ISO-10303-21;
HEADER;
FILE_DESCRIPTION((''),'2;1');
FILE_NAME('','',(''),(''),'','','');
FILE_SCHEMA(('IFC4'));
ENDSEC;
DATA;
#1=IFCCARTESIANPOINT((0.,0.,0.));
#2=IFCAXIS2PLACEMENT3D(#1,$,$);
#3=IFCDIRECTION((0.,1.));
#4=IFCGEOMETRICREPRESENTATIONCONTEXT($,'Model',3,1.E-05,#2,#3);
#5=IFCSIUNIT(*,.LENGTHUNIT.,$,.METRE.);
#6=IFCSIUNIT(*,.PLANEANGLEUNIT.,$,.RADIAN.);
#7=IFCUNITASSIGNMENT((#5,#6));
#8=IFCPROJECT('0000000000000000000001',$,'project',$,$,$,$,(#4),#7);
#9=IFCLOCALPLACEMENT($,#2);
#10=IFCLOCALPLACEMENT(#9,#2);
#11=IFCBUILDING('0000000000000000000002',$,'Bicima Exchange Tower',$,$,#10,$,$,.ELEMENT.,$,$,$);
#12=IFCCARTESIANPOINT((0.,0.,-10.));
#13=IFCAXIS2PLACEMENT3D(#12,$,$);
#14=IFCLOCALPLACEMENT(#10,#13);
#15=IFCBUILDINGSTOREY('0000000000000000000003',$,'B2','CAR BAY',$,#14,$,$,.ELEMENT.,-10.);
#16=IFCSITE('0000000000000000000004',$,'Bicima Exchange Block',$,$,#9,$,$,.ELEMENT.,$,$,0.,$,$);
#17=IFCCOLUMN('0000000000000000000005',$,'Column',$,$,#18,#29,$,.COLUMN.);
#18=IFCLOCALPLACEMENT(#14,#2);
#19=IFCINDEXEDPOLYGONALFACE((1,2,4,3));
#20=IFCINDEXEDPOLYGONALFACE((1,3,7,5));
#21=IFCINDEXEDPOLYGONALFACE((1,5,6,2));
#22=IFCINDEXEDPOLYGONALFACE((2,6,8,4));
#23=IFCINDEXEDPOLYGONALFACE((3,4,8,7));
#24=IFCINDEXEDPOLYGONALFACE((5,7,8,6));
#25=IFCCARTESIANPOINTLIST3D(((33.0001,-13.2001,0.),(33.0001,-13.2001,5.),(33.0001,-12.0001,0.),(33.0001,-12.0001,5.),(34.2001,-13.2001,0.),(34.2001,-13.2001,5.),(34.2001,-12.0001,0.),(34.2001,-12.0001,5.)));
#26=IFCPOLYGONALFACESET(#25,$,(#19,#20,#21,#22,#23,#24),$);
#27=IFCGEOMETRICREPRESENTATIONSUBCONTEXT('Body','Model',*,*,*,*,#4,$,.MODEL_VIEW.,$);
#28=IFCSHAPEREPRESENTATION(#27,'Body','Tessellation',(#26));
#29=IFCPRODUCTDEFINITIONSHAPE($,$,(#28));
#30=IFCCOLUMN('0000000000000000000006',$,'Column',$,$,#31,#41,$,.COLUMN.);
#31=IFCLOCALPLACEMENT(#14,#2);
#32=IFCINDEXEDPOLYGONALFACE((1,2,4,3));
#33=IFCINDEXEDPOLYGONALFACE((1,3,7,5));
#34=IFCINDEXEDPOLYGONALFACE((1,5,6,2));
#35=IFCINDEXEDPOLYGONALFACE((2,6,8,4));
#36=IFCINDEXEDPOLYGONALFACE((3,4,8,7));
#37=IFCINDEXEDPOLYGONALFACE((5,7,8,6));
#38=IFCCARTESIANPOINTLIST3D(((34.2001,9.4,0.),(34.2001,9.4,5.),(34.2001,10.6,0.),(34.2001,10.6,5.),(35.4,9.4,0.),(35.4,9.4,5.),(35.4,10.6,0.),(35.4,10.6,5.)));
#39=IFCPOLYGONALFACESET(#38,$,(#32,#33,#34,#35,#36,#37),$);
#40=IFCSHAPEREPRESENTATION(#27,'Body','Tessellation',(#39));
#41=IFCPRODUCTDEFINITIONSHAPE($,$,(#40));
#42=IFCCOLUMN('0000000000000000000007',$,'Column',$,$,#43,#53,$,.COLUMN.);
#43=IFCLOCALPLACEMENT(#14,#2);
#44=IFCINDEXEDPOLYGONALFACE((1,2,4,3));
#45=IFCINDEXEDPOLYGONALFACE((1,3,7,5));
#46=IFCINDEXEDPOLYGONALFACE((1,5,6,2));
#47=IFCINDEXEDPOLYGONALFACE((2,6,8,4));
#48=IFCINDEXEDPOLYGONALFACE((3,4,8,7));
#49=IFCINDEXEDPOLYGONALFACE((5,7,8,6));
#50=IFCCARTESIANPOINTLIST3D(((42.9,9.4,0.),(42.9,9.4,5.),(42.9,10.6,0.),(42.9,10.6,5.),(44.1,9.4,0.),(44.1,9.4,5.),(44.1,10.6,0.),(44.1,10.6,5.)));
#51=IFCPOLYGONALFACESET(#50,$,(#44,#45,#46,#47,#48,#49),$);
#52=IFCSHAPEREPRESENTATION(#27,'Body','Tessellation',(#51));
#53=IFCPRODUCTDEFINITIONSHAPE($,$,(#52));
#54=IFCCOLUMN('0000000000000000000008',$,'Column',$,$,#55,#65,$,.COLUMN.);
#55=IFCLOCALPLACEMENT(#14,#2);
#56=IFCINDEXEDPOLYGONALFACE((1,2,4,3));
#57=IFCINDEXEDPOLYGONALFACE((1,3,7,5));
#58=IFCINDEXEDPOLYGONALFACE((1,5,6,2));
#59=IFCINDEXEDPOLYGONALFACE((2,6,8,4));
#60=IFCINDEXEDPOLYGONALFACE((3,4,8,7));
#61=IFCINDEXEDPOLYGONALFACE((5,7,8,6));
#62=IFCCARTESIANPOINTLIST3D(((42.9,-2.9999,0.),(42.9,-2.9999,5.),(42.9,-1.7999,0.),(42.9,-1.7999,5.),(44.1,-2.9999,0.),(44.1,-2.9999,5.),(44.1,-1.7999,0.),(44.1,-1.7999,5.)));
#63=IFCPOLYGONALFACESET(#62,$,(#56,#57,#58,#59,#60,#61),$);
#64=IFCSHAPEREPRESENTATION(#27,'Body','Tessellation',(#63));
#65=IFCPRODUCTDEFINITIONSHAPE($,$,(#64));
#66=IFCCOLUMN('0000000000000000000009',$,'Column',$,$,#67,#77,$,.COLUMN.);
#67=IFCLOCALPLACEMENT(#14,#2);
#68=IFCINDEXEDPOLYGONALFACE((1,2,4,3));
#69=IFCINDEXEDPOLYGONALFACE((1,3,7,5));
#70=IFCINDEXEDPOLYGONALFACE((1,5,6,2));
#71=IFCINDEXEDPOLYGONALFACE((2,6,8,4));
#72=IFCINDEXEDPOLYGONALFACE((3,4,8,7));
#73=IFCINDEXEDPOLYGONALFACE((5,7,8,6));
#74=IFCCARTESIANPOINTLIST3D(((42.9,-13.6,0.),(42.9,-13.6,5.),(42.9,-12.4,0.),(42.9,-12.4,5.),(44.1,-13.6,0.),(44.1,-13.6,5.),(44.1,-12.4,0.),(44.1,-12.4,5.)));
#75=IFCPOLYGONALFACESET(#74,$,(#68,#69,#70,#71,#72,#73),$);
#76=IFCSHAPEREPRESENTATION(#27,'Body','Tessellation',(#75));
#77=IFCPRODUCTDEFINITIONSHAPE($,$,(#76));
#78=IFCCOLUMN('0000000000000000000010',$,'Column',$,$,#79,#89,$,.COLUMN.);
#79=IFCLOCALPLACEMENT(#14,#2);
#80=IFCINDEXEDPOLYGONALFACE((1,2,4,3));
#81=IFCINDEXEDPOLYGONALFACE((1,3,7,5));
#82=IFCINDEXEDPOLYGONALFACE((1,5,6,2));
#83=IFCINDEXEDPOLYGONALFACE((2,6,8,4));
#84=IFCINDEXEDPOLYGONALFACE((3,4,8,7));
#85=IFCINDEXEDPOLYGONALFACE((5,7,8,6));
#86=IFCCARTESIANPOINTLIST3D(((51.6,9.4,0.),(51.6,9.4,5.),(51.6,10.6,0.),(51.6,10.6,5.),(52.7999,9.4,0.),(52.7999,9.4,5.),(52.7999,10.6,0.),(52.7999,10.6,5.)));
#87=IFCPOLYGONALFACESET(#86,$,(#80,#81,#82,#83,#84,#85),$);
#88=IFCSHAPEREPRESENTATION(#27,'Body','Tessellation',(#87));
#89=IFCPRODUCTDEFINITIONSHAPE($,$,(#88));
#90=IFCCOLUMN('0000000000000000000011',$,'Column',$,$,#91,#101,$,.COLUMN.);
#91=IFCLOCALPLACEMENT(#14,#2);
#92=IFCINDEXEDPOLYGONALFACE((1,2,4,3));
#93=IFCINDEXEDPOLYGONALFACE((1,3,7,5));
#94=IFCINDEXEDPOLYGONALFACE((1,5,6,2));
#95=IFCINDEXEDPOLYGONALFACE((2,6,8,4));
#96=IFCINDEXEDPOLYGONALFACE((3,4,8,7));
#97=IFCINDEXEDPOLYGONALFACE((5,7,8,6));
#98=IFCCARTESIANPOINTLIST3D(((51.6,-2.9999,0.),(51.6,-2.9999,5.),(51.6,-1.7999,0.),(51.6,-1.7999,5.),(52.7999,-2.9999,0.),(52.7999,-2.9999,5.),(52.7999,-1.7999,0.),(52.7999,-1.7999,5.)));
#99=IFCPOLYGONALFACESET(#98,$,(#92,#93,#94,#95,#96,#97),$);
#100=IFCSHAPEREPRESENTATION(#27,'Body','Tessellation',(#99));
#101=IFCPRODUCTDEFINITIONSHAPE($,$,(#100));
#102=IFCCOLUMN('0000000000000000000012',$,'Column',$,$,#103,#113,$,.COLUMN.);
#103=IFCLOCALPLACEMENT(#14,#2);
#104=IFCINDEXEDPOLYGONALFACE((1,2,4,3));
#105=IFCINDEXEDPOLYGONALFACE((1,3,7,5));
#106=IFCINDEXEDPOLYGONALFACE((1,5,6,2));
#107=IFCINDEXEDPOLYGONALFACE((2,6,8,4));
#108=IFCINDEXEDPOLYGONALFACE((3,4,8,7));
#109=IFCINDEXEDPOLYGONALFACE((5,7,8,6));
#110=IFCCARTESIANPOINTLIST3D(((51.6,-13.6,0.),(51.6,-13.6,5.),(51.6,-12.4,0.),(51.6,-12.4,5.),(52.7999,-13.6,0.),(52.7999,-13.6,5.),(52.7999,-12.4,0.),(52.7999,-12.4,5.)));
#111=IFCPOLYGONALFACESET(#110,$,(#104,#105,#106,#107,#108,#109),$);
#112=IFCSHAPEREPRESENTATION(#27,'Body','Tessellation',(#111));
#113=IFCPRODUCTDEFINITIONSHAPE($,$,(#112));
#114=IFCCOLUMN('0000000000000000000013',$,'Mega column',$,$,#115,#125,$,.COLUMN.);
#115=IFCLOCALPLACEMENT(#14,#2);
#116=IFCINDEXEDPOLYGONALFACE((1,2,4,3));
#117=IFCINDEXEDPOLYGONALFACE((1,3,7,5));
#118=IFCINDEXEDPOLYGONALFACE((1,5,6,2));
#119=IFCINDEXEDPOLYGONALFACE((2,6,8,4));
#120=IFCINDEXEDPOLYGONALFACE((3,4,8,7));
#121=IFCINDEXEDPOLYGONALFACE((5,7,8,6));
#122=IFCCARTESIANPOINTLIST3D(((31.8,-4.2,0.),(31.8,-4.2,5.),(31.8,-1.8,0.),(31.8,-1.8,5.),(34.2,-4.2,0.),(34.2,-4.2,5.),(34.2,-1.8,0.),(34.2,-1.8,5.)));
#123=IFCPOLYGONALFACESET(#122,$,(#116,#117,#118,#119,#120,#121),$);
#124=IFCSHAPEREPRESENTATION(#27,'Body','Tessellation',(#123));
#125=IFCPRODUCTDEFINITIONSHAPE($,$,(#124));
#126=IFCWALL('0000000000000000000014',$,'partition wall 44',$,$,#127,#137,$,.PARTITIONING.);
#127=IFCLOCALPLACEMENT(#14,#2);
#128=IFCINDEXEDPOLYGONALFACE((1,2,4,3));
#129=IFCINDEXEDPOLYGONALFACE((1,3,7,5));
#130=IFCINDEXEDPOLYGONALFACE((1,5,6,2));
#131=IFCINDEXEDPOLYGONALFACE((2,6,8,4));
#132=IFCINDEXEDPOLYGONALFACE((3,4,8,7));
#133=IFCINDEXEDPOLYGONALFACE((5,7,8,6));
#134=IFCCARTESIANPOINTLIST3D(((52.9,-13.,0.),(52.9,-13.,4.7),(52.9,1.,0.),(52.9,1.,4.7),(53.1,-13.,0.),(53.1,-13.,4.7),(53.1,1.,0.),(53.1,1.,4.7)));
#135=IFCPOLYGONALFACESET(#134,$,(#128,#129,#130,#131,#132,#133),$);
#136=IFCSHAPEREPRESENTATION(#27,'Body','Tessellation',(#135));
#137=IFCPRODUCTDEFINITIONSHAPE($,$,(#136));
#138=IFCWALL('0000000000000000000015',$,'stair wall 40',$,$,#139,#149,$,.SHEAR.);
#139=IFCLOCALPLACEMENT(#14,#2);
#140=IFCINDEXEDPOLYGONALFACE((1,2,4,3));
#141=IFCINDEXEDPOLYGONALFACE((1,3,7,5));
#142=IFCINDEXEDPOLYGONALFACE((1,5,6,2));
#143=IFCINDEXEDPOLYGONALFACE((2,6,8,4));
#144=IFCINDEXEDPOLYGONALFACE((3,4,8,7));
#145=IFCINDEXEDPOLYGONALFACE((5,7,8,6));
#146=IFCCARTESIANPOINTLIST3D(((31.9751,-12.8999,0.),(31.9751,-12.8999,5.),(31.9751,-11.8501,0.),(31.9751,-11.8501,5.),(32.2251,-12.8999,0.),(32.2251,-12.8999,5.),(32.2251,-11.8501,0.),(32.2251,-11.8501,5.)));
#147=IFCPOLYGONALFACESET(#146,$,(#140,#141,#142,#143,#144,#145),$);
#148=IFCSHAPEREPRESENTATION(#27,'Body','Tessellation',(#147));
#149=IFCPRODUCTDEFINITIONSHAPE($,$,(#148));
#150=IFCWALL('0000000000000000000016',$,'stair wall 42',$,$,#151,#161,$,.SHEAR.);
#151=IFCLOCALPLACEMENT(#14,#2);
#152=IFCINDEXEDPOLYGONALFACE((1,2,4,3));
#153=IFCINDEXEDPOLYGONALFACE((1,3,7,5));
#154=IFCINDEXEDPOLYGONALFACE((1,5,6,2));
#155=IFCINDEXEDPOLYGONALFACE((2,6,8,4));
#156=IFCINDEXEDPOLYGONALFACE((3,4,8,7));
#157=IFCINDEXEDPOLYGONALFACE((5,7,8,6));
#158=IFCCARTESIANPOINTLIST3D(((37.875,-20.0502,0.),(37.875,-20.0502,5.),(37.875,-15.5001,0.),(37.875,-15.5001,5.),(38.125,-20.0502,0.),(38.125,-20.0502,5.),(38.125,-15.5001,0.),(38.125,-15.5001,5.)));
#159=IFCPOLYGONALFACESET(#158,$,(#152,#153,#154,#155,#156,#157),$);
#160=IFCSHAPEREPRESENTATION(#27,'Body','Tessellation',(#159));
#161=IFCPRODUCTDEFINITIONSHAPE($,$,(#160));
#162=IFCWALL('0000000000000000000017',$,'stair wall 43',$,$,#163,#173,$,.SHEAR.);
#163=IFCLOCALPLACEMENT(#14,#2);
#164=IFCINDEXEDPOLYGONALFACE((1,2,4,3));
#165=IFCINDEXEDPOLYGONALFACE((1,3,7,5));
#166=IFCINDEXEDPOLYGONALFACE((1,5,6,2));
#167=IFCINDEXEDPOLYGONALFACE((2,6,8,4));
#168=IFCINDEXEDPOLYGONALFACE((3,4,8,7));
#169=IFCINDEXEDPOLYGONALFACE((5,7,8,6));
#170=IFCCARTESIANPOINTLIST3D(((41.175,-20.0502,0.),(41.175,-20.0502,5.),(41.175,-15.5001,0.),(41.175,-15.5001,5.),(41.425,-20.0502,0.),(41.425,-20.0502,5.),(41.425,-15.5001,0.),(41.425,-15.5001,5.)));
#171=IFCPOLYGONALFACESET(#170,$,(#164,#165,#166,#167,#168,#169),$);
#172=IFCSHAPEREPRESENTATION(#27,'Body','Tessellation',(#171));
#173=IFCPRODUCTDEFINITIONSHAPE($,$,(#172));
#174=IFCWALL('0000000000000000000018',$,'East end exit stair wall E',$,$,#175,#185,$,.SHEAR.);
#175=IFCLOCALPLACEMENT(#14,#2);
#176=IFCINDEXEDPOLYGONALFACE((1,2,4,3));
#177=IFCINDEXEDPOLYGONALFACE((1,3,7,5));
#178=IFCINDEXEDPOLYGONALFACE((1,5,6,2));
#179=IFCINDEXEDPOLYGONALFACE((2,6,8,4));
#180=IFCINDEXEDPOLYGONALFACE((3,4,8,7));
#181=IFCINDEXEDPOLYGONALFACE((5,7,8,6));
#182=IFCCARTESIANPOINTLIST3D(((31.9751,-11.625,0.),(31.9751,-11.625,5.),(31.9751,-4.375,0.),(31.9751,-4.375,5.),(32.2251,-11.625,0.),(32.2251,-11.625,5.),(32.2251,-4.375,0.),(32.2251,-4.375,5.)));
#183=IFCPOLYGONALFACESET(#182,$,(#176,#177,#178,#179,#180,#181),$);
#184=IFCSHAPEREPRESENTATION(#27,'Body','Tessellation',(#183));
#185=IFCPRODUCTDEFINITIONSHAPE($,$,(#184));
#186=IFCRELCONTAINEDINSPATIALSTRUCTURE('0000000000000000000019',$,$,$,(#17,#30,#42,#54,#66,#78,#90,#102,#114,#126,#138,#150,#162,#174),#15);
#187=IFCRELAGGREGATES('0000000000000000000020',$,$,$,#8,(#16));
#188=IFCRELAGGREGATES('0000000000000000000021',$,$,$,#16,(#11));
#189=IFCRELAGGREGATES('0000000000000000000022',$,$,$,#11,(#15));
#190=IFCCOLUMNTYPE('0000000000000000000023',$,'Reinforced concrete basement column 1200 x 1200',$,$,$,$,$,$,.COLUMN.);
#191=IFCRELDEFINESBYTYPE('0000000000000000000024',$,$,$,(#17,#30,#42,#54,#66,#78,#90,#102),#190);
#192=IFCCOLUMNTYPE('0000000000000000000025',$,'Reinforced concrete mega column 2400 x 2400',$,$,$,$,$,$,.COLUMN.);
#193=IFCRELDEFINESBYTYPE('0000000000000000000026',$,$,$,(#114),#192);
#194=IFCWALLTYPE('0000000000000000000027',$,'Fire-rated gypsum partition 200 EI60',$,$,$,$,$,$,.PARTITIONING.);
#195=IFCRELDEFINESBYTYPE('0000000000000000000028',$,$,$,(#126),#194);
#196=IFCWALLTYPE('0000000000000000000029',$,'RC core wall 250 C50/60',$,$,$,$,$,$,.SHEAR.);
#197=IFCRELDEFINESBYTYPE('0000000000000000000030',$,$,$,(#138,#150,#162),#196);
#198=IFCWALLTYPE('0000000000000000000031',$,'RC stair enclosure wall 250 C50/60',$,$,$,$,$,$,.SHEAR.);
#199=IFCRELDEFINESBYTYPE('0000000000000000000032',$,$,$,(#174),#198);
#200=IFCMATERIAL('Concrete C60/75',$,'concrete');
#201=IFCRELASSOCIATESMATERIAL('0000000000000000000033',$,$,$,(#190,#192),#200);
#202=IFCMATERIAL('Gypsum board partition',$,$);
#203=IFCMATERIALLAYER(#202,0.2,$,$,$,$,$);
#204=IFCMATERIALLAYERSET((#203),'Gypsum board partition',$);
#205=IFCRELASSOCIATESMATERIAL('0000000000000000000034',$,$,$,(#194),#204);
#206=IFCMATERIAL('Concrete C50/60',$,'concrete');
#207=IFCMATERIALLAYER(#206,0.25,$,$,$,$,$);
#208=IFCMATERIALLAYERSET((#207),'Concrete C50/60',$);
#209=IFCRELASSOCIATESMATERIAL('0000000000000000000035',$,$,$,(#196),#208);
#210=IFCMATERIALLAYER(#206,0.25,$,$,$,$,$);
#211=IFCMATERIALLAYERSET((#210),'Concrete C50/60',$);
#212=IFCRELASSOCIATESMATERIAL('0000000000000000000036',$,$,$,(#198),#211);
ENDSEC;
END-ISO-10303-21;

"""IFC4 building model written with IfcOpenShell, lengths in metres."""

from ifc_helpers import new_model, si_unit, direction, frame, frame_2d, origin, origin_2d, place, context, subcontext, project, spatial, rectangle, extrude, material, layer, layer_set, material_profile, profile_set, type_object, element, save


model = new_model("IFC4")

# Units and contexts
model_context = context("Model", 3, precision=1e-05, world=origin(), true_north=direction((0.0, 1.0)))
body_context = subcontext(model_context, "Body", "Model", "MODEL_VIEW")
ifc_project = project(units=[si_unit("LENGTHUNIT", "METRE"), si_unit("PLANEANGLEUNIT", "RADIAN")], contexts=[model_context])

# Site, building, storey
site_placement = place(None, origin())
site = spatial("IfcSite", under=ifc_project, at=site_placement, Name="Bicima Exchange Block", CompositionType="ELEMENT", RefElevation=0.0)
building_placement = place(site_placement, origin())
building = spatial("IfcBuilding", under=site, at=building_placement, Name="Bicima Exchange Tower", CompositionType="ELEMENT")
storey_placement = place(building_placement, frame((0.0, 0.0, -10.0)))
storey = spatial("IfcBuildingStorey", under=building, at=storey_placement, Name="B2", Description="CAR BAY", CompositionType="ELEMENT", Elevation=-10.0)

# Columns
ifc_material_1 = material(Name="Concrete C60/75", Category="concrete")
ifc_material_profile_1 = material_profile(ifc_material_1, rectangle(XDim=1.2, YDim=1.2, at=origin_2d()))
ifc_profile_set_1 = profile_set([ifc_material_profile_1], Name="Concrete C60/75")
column_type_1 = type_object("IfcColumnType", Name="Reinforced concrete basement column 1200 x 1200", PredefinedType="COLUMN", material=ifc_profile_set_1)
for number, where, z_axis, x_axis, name in (
    (1, (33.6001, -12.6001, 0.0), (0.0, 0.0, 1.0), (1.0, 0.0, 0.0), "Column"),
    (2, (34.8, 10.0, 0.0), (0.0, 0.0, 1.0), (1.0, 0.0, 0.0), "Column"),
    (3, (43.5, 10.0, 0.0), (0.0, 0.0, 1.0), (1.0, 0.0, 0.0), "Column"),
    (4, (43.5, -2.3999, 0.0), (0.0, 0.0, 1.0), (1.0, 0.0, 0.0), "Column"),
    (5, (43.5, -13.0, 0.0), (0.0, 0.0, 1.0), (1.0, 0.0, 0.0), "Column"),
    (6, (52.2, 10.0, 0.0), (0.0, 0.0, 1.0), (1.0, 0.0, 0.0), "Column"),
    (7, (52.2, -2.3999, 0.0), (0.0, 0.0, 1.0), (1.0, 0.0, 0.0), "Column"),
    (8, (52.2, -13.0, 0.0), (0.0, 0.0, 1.0), (1.0, 0.0, 0.0), "Column"),
):
    element("IfcColumn", number, at=place(storey_placement, frame(where, z_axis=z_axis, x_axis=x_axis)), inside=storey, type_object=column_type_1, Name=name, PredefinedType="COLUMN", context=body_context, shape_type="SweptSolid", body=[
        extrude(rectangle(XDim=1.2, YDim=1.2, at=origin_2d()), origin(), (0.0, 0.0, 1.0), 5.0),
    ])
ifc_material_profile_2 = material_profile(ifc_material_1, rectangle(XDim=2.3999, YDim=2.3999, at=origin_2d()))
ifc_profile_set_2 = profile_set([ifc_material_profile_2], Name="Concrete C60/75")
column_type_2 = type_object("IfcColumnType", Name="Reinforced concrete mega column 2400 x 2400", PredefinedType="COLUMN", material=ifc_profile_set_2)
column_placement = place(storey_placement, frame((33.0, -3.0, 0.0), z_axis=(0.0, 0.0, 1.0), x_axis=(1.0, 0.0, 0.0)))
element("IfcColumn", 9, at=column_placement, inside=storey, type_object=column_type_2, Name="Mega column", PredefinedType="COLUMN", context=body_context, shape_type="SweptSolid", body=[
    extrude(rectangle(XDim=2.3999, YDim=2.3999, at=origin_2d()), origin(), (0.0, 0.0, 1.0), 5.0),
])

# Walls
ifc_material_2 = material(Name="Gypsum board partition")
ifc_layer_1 = layer(ifc_material_2, 0.2)
ifc_layer_set_1 = layer_set([ifc_layer_1], Name="Gypsum board partition")
wall_type_1 = type_object("IfcWallType", Name="Fire-rated gypsum partition 200 EI60", PredefinedType="PARTITIONING", material=ifc_layer_set_1)
wall_1_placement = place(storey_placement, frame((53.0, -13.0, 0.0), z_axis=(0.0, 0.0, 1.0), x_axis=(0.0, 1.0, 0.0)))
element("IfcWall", 10, at=wall_1_placement, inside=storey, type_object=wall_type_1, Name="partition wall 44", PredefinedType="PARTITIONING", context=body_context, shape_type="SweptSolid", body=[
    extrude(rectangle(XDim=14.0, YDim=0.2, at=frame_2d((7.0, 0.0))), origin(), (0.0, 0.0, 1.0), 4.7),
])
ifc_material_3 = material(Name="Concrete C50/60", Category="concrete")
ifc_layer_2 = layer(ifc_material_3, 0.25)
ifc_layer_set_2 = layer_set([ifc_layer_2], Name="Concrete C50/60")
wall_type_2 = type_object("IfcWallType", Name="RC core wall 250 C50/60", PredefinedType="SHEAR", material=ifc_layer_set_2)
wall_2_placement = place(storey_placement, frame((32.1001, -12.8999, 0.0), z_axis=(0.0, 0.0, 1.0), x_axis=(0.0, 1.0, 0.0)))
element("IfcWall", 11, at=wall_2_placement, inside=storey, type_object=wall_type_2, Name="stair wall 40", PredefinedType="SHEAR", context=body_context, shape_type="SweptSolid", body=[
    extrude(rectangle(XDim=1.0498, YDim=0.25, at=frame_2d((0.5249, 0.0))), origin(), (0.0, 0.0, 1.0), 5.0),
])
for number, where, z_axis, x_axis, name in (
    (12, (38.0, -20.05, 0.0), (0.0, 0.0, 1.0), (0.0, 1.0, 0.0), "stair wall 42"),
    (13, (41.3, -20.05, 0.0), (0.0, 0.0, 1.0), (0.0, 1.0, 0.0), "stair wall 43"),
):
    element("IfcWall", number, at=place(storey_placement, frame(where, z_axis=z_axis, x_axis=x_axis)), inside=storey, type_object=wall_type_2, Name=name, PredefinedType="SHEAR", context=body_context, shape_type="SweptSolid", body=[
        extrude(rectangle(XDim=4.55, YDim=0.25, at=frame_2d((2.2749, 0.0))), origin(), (0.0, 0.0, 1.0), 5.0),
    ])
ifc_layer_3 = layer(ifc_material_3, 0.25)
ifc_layer_set_3 = layer_set([ifc_layer_3], Name="Concrete C50/60")
wall_type_3 = type_object("IfcWallType", Name="RC stair enclosure wall 250 C50/60", PredefinedType="SHEAR", material=ifc_layer_set_3)
wall_3_placement = place(storey_placement, frame((32.1001, -11.625, 0.0), z_axis=(0.0, 0.0, 1.0), x_axis=(0.0, 1.0, 0.0)))
element("IfcWall", 14, at=wall_3_placement, inside=storey, type_object=wall_type_3, Name="East end exit stair wall E", PredefinedType="SHEAR", context=body_context, shape_type="SweptSolid", body=[
    extrude(rectangle(XDim=7.25, YDim=0.25, at=frame_2d((3.625, 0.0))), origin(), (0.0, 0.0, 1.0), 5.0),
])

save(model, "model.ifc")
